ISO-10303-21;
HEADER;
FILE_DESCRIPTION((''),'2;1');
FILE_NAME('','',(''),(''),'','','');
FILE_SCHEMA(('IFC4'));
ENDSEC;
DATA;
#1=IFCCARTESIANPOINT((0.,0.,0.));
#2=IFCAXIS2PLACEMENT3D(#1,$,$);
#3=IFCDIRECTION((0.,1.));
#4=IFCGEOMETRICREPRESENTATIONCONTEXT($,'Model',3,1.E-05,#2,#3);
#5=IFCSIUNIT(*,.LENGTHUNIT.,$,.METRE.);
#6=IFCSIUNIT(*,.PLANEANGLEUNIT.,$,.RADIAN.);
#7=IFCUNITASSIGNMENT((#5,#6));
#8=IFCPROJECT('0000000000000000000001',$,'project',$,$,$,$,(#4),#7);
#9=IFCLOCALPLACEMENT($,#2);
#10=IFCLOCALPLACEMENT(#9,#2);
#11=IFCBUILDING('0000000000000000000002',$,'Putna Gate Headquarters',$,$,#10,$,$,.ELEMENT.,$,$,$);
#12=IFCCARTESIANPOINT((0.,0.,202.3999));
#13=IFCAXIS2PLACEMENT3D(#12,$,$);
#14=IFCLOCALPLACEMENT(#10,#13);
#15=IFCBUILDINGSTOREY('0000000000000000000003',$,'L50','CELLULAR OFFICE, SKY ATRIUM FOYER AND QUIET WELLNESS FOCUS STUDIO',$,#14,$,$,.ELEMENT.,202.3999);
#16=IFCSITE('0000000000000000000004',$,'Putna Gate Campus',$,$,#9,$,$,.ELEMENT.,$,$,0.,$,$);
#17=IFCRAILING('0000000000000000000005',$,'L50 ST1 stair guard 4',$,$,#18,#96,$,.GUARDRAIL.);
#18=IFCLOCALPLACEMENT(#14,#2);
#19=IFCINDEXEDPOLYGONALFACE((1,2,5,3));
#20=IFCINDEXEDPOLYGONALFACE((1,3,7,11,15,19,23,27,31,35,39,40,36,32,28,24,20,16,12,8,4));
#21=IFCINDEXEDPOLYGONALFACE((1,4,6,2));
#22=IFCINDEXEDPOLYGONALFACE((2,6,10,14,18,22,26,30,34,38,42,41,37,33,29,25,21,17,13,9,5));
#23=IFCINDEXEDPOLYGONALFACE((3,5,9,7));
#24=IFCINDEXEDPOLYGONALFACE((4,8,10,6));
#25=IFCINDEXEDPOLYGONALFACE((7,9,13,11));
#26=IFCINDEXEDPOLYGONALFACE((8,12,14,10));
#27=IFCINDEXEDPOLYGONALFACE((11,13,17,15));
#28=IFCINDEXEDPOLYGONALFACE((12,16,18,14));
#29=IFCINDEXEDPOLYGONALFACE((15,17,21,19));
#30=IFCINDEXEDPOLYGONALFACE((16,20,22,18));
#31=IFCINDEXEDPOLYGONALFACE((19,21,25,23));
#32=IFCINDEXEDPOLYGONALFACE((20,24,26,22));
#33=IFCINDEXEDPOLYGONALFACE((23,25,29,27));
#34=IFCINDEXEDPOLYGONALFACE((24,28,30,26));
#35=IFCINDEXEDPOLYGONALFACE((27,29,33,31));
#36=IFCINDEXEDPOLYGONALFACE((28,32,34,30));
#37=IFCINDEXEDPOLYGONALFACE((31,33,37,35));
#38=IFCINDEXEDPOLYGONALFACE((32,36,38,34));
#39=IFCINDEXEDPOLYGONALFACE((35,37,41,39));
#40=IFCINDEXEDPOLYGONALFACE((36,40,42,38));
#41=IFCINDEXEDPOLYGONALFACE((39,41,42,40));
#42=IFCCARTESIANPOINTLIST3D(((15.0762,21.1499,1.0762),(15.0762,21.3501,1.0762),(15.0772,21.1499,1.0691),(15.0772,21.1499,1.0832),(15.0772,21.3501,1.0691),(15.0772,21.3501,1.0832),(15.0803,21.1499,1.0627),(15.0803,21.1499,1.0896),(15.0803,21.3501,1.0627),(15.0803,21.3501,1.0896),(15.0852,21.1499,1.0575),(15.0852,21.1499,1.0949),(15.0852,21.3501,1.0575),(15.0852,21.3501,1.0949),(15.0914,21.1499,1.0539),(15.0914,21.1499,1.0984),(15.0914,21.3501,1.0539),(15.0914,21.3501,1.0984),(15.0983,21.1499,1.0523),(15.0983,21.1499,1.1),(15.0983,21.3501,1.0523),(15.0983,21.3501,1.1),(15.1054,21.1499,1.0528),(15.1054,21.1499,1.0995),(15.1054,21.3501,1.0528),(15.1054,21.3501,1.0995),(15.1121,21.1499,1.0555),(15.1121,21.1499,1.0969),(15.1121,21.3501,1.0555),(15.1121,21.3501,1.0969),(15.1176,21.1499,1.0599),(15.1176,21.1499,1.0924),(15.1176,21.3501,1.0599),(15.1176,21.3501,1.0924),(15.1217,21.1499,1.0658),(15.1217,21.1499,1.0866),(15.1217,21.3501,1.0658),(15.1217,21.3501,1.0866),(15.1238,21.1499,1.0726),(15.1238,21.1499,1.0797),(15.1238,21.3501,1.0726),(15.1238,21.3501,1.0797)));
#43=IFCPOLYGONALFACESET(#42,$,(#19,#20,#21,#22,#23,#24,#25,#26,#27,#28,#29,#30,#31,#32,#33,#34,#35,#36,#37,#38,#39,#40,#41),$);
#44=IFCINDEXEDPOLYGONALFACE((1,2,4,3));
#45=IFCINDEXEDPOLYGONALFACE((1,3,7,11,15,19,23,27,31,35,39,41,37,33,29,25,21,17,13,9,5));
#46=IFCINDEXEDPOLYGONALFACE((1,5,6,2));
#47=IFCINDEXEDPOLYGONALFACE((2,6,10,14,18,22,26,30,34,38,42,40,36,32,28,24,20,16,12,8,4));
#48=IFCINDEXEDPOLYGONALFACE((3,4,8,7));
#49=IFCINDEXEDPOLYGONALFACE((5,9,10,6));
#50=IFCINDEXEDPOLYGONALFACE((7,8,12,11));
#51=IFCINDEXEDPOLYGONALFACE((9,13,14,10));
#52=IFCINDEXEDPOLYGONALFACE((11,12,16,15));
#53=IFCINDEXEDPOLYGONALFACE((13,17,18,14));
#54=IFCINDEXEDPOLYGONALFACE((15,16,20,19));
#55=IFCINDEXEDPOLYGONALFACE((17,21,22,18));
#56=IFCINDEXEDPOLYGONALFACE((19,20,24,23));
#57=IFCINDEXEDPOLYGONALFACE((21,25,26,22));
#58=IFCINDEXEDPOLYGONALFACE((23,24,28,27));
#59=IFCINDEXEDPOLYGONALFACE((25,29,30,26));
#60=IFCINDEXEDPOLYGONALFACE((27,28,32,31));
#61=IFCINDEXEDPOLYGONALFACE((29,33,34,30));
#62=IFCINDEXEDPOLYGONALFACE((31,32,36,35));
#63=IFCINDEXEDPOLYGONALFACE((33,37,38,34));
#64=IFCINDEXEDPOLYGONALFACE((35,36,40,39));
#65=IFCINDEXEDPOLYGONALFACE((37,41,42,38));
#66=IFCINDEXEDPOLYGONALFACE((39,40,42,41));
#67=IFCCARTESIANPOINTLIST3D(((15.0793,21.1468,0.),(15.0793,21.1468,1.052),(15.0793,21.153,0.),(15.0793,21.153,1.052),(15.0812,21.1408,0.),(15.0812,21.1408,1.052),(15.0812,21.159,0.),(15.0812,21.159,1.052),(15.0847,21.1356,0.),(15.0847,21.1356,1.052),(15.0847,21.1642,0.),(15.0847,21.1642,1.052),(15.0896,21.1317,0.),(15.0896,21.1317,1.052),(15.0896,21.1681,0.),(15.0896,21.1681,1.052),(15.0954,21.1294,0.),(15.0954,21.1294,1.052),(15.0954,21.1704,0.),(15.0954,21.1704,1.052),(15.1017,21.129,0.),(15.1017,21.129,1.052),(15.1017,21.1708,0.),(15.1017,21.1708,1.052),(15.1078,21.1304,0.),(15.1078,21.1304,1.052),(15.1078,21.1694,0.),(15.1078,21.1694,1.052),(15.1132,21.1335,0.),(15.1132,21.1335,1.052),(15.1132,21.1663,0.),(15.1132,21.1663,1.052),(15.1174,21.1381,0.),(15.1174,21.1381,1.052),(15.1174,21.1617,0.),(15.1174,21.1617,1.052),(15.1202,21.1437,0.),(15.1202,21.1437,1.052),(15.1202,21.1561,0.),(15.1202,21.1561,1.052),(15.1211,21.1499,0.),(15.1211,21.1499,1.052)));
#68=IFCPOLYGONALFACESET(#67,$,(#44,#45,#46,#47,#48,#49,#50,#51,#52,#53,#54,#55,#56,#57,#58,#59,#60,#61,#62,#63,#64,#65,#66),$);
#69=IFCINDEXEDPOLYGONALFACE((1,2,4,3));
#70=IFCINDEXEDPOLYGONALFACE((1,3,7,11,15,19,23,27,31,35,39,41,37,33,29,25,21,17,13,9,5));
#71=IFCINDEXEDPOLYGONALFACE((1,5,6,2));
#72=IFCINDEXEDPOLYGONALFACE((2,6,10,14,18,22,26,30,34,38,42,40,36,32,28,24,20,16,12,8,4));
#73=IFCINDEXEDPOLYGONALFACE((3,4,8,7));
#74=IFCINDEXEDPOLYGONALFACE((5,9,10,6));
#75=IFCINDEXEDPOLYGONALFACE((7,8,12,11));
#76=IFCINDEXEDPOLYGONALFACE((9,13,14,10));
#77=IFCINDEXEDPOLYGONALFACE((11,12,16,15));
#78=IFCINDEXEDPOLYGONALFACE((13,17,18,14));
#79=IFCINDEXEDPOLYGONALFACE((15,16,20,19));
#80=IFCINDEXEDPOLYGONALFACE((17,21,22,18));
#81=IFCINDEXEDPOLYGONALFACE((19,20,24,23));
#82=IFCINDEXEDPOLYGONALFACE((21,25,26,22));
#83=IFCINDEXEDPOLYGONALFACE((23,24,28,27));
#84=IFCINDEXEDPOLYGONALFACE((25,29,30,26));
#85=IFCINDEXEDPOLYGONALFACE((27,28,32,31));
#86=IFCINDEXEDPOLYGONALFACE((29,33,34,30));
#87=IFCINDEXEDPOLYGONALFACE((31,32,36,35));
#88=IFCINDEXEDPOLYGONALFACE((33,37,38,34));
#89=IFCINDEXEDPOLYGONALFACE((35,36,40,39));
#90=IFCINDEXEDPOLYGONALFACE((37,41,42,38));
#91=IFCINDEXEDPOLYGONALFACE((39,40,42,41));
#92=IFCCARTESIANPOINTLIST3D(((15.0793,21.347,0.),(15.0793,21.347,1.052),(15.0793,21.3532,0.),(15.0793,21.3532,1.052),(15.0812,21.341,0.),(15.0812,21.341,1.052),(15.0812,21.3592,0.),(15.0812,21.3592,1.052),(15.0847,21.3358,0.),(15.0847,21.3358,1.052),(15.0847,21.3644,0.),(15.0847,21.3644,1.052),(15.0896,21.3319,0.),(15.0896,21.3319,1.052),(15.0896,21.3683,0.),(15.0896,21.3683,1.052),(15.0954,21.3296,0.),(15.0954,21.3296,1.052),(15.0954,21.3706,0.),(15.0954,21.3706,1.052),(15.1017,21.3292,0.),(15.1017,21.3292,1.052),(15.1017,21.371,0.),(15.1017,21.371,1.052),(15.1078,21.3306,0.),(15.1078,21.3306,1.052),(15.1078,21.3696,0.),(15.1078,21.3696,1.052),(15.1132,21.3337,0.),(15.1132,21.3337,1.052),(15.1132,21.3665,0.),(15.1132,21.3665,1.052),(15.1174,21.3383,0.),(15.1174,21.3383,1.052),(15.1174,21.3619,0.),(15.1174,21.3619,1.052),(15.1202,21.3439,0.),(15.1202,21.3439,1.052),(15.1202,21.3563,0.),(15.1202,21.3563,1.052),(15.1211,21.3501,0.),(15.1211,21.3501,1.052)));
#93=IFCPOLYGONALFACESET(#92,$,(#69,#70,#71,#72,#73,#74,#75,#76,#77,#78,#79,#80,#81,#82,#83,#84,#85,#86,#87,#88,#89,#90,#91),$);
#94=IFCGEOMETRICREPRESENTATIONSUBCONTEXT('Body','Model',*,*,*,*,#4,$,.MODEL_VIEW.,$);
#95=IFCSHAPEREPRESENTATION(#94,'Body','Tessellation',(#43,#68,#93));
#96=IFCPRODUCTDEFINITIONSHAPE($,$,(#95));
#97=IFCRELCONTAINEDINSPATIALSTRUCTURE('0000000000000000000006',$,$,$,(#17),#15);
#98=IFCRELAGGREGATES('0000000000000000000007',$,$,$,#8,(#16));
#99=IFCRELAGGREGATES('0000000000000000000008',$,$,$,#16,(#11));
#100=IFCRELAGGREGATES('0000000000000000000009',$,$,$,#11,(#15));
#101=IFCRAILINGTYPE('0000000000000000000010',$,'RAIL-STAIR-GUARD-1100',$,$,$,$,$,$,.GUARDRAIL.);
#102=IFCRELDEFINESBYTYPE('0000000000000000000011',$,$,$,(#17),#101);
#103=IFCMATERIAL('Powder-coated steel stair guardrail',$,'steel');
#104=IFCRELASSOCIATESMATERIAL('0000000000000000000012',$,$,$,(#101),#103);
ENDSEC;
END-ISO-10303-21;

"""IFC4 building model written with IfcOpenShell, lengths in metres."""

from ifc_helpers import new_model, si_unit, direction, frame, origin, origin_2d, place, context, subcontext, project, spatial, circle, extrude, material, type_object, element, save


model = new_model("IFC4")

# Units and contexts
model_context = context("Model", 3, precision=1e-05, world=origin(), true_north=direction((0.0, 1.0)))
body_context = subcontext(model_context, "Body", "Model", "MODEL_VIEW")
ifc_project = project(units=[si_unit("LENGTHUNIT", "METRE"), si_unit("PLANEANGLEUNIT", "RADIAN")], contexts=[model_context])

# Site, building, storey
site_placement = place(None, origin())
site = spatial("IfcSite", under=ifc_project, at=site_placement, Name="Putna Gate Campus", CompositionType="ELEMENT", RefElevation=0.0)
building_placement = place(site_placement, origin())
building = spatial("IfcBuilding", under=site, at=building_placement, Name="Putna Gate Headquarters", CompositionType="ELEMENT")
storey_placement = place(building_placement, frame((0.0, 0.0, 202.3999)))
storey = spatial("IfcBuildingStorey", under=building, at=storey_placement, Name="L50", Description="CELLULAR OFFICE, SKY ATRIUM FOYER AND QUIET WELLNESS FOCUS STUDIO", CompositionType="ELEMENT", Elevation=202.3999)

# Railing
ifc_material_1 = material(Name="Powder-coated steel stair guardrail", Category="steel")
railing_type_1 = type_object("IfcRailingType", Name="RAIL-STAIR-GUARD-1100", PredefinedType="GUARDRAIL", material=ifc_material_1)
railing_1_placement = place(storey_placement, frame((15.1001, 21.1499, 0.0)))
element("IfcRailing", 1, at=railing_1_placement, inside=storey, type_object=railing_type_1, Name="L50 ST1 stair guard 4", PredefinedType="GUARDRAIL", context=body_context, shape_type="SweptSolid", body=[
    extrude(circle(Radius=0.0239, at=origin_2d()), frame((0.0, 0.0, 1.0762), z_axis=(0.0, 1.0, 0.0), x_axis=(-1.0, 0.0, 0.0)), (0.0, 0.0, 1.0), 0.2002),
    extrude(circle(Radius=0.021, at=origin_2d()), origin(), (0.0, 0.0, 1.0), 1.052),
    extrude(circle(Radius=0.021, at=origin_2d()), frame((0.0, 0.2002, 0.0)), (0.0, 0.0, 1.0), 1.052),
])

save(model, "model.ifc")
